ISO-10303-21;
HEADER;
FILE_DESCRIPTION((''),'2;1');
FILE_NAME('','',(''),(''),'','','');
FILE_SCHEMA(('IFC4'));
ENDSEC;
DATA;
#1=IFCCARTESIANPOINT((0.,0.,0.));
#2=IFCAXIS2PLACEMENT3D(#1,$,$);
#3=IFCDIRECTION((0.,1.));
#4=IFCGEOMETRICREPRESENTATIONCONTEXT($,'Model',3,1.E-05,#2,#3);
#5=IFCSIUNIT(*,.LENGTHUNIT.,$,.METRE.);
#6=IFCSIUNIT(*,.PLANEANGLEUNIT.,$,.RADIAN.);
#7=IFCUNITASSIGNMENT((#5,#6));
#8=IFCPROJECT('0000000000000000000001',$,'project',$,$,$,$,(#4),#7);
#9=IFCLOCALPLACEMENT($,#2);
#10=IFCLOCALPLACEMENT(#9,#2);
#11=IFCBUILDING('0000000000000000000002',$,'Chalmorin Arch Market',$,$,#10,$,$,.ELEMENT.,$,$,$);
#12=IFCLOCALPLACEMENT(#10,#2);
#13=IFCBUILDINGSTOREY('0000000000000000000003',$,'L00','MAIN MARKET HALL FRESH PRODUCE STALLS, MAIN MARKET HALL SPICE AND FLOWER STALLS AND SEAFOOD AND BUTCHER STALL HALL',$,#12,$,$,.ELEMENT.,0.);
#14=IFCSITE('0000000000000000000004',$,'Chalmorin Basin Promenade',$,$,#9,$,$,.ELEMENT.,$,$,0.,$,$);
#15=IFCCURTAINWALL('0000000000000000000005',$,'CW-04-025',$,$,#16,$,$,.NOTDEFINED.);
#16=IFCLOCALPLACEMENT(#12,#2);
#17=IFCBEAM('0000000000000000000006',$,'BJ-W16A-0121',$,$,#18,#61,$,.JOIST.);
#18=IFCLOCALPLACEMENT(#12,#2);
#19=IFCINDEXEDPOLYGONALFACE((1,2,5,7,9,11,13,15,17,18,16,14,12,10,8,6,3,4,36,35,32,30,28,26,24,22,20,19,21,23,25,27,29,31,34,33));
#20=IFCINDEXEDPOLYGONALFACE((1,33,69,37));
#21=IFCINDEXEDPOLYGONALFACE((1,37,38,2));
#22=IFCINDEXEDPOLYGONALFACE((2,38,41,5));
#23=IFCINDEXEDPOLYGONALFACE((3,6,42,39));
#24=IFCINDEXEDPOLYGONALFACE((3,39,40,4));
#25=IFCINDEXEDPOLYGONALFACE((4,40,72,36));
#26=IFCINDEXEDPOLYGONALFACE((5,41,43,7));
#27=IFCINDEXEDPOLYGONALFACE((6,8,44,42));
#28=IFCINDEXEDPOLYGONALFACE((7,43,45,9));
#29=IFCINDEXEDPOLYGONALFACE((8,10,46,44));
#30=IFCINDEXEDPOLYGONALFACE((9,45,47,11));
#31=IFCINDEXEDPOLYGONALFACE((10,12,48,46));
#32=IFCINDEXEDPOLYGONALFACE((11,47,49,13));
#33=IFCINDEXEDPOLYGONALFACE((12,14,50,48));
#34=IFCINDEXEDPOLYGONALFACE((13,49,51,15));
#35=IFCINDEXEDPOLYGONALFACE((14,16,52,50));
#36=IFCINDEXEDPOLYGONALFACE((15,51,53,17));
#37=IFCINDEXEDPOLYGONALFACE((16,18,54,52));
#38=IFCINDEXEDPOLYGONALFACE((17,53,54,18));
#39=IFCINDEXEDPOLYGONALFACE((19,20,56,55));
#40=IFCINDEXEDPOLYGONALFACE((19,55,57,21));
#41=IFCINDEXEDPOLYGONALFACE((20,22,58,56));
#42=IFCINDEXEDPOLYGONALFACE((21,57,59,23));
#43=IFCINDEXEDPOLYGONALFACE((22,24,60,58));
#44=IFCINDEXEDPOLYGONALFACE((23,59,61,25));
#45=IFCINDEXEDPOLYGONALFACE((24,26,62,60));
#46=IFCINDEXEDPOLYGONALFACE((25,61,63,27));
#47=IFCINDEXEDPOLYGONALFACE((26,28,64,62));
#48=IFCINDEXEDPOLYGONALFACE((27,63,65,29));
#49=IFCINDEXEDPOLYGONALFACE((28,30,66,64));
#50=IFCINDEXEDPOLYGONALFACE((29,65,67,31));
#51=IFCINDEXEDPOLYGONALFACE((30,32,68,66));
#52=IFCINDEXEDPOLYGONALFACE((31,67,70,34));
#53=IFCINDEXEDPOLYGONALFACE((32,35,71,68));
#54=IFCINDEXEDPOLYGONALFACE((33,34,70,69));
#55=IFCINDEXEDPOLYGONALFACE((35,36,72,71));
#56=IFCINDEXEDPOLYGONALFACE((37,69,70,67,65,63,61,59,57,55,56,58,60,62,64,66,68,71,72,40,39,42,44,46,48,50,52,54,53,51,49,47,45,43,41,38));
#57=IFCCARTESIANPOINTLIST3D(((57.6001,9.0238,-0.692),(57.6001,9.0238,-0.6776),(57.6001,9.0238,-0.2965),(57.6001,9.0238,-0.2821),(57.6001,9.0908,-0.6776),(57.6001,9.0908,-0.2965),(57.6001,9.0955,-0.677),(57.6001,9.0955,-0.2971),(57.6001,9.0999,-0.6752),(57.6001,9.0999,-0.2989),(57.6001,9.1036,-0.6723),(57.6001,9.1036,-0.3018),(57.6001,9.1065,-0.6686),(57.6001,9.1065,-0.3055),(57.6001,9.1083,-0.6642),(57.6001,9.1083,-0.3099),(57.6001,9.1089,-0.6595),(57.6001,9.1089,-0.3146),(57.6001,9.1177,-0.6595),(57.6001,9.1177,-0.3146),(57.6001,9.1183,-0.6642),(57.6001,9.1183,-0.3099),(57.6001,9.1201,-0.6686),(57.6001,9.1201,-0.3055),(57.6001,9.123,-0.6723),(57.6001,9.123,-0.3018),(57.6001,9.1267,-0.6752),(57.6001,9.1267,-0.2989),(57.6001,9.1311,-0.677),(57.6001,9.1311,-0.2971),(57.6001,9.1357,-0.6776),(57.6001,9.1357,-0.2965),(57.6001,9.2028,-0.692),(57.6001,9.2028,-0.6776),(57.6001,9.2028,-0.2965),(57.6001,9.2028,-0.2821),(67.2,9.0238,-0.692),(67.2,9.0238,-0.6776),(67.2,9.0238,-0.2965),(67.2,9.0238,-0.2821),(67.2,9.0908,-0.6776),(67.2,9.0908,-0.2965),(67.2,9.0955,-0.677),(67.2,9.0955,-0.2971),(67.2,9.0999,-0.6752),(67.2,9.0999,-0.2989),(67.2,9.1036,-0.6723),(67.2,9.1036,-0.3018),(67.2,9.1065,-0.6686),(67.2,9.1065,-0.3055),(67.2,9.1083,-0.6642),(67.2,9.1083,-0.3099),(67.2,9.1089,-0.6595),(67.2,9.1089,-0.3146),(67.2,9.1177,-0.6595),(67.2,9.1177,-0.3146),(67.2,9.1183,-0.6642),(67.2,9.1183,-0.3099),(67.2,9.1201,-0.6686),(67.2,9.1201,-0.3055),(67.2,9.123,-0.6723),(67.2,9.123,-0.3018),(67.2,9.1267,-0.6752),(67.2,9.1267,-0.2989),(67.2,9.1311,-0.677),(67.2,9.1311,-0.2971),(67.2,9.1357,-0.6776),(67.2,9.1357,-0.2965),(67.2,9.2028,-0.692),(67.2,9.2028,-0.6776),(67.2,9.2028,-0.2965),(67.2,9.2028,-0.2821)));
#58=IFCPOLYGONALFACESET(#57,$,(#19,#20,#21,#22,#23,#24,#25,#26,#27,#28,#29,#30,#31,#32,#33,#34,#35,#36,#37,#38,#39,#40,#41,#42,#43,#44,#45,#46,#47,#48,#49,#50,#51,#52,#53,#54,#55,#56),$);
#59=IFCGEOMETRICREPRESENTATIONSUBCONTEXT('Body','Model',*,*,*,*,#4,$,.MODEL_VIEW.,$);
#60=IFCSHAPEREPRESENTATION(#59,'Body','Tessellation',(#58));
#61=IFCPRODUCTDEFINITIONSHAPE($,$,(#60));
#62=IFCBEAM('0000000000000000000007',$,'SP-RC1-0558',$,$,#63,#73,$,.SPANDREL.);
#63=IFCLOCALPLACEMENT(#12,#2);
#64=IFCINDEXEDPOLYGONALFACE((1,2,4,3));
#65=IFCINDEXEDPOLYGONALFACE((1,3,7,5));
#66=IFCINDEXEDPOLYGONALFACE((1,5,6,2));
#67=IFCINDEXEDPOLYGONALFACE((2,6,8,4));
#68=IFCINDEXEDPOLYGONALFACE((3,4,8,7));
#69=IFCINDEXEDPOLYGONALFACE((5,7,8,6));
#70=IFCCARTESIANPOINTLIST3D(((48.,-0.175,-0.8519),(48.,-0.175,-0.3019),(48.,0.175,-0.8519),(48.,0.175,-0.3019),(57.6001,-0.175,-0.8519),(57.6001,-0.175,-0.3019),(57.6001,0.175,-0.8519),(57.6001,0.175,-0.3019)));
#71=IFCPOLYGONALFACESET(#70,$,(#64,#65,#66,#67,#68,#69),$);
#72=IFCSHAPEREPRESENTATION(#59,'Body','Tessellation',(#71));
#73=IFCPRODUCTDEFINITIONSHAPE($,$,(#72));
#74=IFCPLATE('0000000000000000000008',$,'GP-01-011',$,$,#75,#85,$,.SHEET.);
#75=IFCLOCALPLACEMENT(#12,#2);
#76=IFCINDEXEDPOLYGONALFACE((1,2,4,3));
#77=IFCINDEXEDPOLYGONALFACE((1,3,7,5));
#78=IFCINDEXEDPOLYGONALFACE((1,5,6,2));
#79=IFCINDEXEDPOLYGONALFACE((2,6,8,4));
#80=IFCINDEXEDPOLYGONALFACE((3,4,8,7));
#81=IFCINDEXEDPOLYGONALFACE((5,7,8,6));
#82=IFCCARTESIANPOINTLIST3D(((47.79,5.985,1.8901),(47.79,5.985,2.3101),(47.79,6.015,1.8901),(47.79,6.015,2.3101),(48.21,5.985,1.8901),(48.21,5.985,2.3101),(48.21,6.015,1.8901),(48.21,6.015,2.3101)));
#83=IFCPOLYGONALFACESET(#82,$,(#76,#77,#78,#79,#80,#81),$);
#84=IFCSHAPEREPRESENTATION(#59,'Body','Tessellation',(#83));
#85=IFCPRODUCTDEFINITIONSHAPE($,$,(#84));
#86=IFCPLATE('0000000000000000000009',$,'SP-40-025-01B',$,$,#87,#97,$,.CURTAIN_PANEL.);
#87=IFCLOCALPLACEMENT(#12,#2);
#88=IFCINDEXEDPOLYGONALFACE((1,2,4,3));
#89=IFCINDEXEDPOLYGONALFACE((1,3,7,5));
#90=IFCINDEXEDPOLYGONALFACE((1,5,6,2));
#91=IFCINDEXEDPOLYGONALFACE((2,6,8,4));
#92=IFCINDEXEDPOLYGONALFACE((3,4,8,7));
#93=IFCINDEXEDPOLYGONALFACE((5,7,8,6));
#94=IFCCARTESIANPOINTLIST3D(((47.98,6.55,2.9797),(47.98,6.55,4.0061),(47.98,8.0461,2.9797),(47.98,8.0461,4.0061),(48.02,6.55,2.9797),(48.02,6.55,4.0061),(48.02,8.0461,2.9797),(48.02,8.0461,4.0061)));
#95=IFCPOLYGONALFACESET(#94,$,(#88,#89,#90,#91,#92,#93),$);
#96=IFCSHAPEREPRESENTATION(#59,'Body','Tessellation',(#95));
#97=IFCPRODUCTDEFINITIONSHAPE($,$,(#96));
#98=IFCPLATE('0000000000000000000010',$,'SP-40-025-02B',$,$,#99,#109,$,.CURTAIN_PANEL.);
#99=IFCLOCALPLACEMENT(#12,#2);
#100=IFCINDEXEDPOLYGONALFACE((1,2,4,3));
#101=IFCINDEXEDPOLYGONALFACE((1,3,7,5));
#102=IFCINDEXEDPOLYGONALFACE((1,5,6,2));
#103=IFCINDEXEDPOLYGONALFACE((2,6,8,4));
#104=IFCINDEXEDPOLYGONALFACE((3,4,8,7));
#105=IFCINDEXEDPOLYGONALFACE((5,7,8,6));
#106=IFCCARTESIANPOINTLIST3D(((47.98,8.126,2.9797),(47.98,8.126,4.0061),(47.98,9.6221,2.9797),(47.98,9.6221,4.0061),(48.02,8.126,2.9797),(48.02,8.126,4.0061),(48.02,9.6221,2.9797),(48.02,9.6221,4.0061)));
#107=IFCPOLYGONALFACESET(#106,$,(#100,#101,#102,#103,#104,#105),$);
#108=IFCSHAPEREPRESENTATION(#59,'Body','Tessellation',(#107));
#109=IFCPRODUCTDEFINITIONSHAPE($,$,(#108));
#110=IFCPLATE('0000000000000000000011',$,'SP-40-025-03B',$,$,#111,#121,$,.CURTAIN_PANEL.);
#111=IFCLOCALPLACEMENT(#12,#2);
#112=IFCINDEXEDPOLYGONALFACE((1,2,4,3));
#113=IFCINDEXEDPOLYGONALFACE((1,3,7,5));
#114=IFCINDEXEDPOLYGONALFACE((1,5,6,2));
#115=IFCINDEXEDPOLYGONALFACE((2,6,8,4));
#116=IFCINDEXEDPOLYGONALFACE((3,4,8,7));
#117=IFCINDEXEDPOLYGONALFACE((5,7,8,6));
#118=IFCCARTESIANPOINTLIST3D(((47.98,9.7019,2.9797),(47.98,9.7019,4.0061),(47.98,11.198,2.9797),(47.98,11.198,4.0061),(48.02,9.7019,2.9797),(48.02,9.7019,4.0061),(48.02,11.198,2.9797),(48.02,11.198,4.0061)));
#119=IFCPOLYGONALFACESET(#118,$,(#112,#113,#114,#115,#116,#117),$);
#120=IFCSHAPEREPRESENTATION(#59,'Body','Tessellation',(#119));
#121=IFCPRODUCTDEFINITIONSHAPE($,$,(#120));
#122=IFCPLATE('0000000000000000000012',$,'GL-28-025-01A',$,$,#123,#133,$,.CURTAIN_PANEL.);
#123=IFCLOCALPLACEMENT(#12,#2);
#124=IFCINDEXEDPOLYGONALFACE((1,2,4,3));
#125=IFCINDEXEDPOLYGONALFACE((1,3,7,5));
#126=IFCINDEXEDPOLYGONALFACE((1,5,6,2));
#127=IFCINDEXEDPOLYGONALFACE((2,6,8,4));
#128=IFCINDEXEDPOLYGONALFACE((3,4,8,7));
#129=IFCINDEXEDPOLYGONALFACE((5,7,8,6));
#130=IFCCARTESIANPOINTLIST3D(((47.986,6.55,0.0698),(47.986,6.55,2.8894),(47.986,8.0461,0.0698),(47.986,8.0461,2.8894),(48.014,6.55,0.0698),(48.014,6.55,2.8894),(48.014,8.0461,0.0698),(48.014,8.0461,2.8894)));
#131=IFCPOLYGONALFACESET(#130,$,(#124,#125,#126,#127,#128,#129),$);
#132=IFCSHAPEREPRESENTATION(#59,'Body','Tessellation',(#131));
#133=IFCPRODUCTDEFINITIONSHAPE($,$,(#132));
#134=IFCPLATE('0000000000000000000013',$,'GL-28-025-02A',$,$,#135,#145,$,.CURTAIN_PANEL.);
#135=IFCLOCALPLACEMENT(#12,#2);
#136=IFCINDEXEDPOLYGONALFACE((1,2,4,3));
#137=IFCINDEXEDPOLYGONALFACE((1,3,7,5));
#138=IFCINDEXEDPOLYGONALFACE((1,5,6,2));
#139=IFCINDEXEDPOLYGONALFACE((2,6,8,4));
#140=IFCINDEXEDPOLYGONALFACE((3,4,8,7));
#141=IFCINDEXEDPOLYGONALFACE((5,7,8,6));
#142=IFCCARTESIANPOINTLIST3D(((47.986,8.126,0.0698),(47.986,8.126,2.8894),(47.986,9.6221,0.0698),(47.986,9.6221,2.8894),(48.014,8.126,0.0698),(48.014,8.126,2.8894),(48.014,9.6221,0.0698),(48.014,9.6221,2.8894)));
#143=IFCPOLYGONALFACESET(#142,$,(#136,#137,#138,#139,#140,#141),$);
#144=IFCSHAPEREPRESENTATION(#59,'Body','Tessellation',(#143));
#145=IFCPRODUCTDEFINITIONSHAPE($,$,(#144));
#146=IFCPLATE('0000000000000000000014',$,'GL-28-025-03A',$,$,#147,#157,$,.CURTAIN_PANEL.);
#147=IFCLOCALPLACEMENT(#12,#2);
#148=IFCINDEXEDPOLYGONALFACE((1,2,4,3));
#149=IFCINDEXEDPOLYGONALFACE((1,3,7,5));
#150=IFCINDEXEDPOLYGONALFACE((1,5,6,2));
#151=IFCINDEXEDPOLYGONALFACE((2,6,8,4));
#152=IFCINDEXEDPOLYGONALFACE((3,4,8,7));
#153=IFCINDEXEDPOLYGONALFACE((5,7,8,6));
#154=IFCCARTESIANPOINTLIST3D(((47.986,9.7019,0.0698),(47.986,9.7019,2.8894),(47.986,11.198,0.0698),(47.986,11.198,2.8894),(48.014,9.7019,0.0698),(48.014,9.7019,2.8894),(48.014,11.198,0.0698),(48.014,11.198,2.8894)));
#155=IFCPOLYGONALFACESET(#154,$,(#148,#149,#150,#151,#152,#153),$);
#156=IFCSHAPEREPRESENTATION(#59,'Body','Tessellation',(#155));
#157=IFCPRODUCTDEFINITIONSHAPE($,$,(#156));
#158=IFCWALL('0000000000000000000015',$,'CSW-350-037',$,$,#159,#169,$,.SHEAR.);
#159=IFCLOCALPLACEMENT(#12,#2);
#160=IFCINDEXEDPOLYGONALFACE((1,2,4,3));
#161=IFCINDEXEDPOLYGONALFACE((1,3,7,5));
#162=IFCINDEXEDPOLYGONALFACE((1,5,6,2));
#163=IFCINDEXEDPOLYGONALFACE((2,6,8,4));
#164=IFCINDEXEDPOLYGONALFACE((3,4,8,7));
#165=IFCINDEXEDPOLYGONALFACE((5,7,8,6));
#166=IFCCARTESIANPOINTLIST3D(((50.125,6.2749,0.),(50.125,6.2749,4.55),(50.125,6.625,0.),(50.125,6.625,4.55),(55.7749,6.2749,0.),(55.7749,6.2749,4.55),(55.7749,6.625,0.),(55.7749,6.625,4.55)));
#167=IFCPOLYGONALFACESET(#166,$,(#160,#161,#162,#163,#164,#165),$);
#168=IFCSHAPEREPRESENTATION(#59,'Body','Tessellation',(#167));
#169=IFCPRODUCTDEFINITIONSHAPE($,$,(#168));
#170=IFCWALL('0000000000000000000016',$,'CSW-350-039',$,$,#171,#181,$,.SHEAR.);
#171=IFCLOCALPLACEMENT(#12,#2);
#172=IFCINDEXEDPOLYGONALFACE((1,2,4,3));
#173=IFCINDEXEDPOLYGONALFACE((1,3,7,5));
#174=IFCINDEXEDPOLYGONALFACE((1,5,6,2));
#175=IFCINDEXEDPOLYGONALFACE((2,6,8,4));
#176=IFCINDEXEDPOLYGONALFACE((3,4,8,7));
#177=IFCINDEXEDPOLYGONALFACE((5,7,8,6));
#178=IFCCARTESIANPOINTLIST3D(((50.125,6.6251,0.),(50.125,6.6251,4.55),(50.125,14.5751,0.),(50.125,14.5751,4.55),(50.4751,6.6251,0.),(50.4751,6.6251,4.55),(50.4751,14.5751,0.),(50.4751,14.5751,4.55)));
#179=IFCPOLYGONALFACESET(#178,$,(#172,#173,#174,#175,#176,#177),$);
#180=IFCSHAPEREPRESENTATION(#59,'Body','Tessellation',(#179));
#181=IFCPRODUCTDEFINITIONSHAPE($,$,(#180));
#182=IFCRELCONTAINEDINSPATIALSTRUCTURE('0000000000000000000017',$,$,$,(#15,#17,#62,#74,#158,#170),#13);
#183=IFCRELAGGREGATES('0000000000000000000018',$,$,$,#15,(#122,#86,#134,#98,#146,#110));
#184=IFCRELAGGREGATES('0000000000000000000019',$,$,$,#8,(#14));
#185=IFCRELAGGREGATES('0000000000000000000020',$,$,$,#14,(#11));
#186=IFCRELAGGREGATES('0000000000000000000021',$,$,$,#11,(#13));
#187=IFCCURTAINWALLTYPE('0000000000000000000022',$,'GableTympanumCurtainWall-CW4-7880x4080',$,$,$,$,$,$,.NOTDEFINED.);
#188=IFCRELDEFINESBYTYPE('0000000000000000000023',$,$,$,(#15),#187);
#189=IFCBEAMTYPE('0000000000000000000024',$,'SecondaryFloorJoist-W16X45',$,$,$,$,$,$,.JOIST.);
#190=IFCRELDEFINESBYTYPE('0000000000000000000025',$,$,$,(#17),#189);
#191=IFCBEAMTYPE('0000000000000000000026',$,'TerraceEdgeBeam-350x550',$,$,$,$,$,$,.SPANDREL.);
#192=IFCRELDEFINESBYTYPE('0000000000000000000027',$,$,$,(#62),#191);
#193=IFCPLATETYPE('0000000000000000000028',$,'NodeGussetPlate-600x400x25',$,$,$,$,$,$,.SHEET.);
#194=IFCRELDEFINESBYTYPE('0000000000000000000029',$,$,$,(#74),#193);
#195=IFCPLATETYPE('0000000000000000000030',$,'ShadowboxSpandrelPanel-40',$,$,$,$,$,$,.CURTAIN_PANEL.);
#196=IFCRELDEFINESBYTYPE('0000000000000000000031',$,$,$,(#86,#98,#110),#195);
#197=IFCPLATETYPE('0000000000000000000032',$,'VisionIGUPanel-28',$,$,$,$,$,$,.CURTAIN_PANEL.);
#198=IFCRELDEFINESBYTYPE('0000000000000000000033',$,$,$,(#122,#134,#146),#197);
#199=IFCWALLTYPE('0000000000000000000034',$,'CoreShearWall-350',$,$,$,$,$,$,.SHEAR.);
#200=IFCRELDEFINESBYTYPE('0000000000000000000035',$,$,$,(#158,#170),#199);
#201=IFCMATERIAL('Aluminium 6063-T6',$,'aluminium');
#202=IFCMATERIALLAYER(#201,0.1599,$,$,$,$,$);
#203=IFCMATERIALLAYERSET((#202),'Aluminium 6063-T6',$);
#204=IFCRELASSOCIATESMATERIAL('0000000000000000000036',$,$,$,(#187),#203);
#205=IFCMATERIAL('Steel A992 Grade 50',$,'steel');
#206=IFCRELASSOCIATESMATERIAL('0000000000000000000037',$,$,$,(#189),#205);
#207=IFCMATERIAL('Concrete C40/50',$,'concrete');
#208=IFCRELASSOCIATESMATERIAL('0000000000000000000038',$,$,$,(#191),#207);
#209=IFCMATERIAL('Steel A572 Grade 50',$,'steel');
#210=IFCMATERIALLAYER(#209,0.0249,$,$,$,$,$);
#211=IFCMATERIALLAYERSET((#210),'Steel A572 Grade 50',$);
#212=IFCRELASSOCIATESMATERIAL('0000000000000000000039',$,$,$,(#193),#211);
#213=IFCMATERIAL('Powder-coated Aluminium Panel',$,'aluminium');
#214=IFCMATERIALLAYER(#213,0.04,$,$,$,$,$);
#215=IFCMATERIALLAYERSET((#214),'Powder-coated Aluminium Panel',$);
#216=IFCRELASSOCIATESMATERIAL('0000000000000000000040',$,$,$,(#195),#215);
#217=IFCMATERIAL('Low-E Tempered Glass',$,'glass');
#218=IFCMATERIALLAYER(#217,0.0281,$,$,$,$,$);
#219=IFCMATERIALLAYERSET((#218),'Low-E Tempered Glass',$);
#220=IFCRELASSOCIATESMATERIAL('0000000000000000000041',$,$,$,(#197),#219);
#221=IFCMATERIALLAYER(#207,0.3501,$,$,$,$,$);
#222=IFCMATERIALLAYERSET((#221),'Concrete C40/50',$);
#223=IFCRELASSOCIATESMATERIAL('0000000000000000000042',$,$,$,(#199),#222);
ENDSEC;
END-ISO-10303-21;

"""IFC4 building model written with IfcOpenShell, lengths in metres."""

from ifc_helpers import new_model, si_unit, direction, frame, frame_2d, origin, origin_2d, place, context, subcontext, project, spatial, rectangle, i_section, extrude, material, layer, layer_set, material_profile, profile_set, type_object, element, aggregate, save


model = new_model("IFC4")

# Units and contexts
model_context = context("Model", 3, precision=1e-05, world=origin(), true_north=direction((0.0, 1.0)))
body_context = subcontext(model_context, "Body", "Model", "MODEL_VIEW")
ifc_project = project(units=[si_unit("LENGTHUNIT", "METRE"), si_unit("PLANEANGLEUNIT", "RADIAN")], contexts=[model_context])

# Site, building, storey
site_placement = place(None, origin())
site = spatial("IfcSite", under=ifc_project, at=site_placement, Name="Chalmorin Basin Promenade", CompositionType="ELEMENT", RefElevation=0.0)
building_placement = place(site_placement, origin())
building = spatial("IfcBuilding", under=site, at=building_placement, Name="Chalmorin Arch Market", CompositionType="ELEMENT")
storey_placement = place(building_placement, origin())
storey = spatial("IfcBuildingStorey", under=building, at=storey_placement, Name="L00", Description="MAIN MARKET HALL FRESH PRODUCE STALLS, MAIN MARKET HALL SPICE AND FLOWER STALLS AND SEAFOOD AND BUTCHER STALL HALL", CompositionType="ELEMENT", Elevation=0.0)

# Shared definitions
ifc_material_1 = material(Name="Concrete C40/50", Category="concrete")

# Curtain wall
ifc_material_2 = material(Name="Aluminium 6063-T6", Category="aluminium")
ifc_layer_1 = layer(ifc_material_2, 0.1599)
ifc_layer_set_1 = layer_set([ifc_layer_1], Name="Aluminium 6063-T6")
curtain_wall_type = type_object("IfcCurtainWallType", Name="GableTympanumCurtainWall-CW4-7880x4080", PredefinedType="NOTDEFINED", material=ifc_layer_set_1)
curtain_wall_placement = place(storey_placement, origin())
curtain_wall = element("IfcCurtainWall", 1, at=curtain_wall_placement, inside=storey, type_object=curtain_wall_type, Name="CW-04-025", PredefinedType="NOTDEFINED")

# Beams
ifc_material_3 = material(Name="Steel A992 Grade 50", Category="steel")
ifc_material_profile_1 = material_profile(ifc_material_3, i_section(OverallWidth=0.179, OverallDepth=0.4099, WebThickness=0.0088, FlangeThickness=0.0144, FilletRadius=0.0181, at=origin_2d()), Name="W16X45")
ifc_profile_set_1 = profile_set([ifc_material_profile_1], Name="Steel A992 Grade 50")
beam_type_1 = type_object("IfcBeamType", Name="SecondaryFloorJoist-W16X45", PredefinedType="JOIST", material=ifc_profile_set_1)
beam_1_placement = place(storey_placement, frame((57.6001, 9.1133, -0.4871), z_axis=(1.0, 0.0, 0.0), x_axis=(0.0, 1.0, 0.0)))
element("IfcBeam", 2, at=beam_1_placement, inside=storey, type_object=beam_type_1, Name="BJ-W16A-0121", PredefinedType="JOIST", context=body_context, shape_type="SweptSolid", body=[
    extrude(i_section(OverallWidth=0.179, OverallDepth=0.4099, WebThickness=0.0088, FlangeThickness=0.0144, FilletRadius=0.0181, at=origin_2d()), origin(), (0.0, 0.0, 1.0), 9.5999),
])
ifc_material_profile_2 = material_profile(ifc_material_1, rectangle(XDim=0.3501, YDim=0.55, at=origin_2d()), Name="RC350X550")
ifc_profile_set_2 = profile_set([ifc_material_profile_2], Name="Concrete C40/50")
beam_type_2 = type_object("IfcBeamType", Name="TerraceEdgeBeam-350x550", PredefinedType="SPANDREL", material=ifc_profile_set_2)
beam_2_placement = place(storey_placement, frame((48.0, 0.0, -0.5769), z_axis=(1.0, 0.0, 0.0), x_axis=(0.0, 1.0, 0.0)))
element("IfcBeam", 3, at=beam_2_placement, inside=storey, type_object=beam_type_2, Name="SP-RC1-0558", PredefinedType="SPANDREL", context=body_context, shape_type="SweptSolid", body=[
    extrude(rectangle(XDim=0.3501, YDim=0.55, at=origin_2d()), origin(), (0.0, 0.0, 1.0), 9.6001),
])

# Plates
ifc_material_4 = material(Name="Steel A572 Grade 50", Category="steel")
ifc_layer_2 = layer(ifc_material_4, 0.0249)
ifc_layer_set_2 = layer_set([ifc_layer_2], Name="Steel A572 Grade 50")
plate_type_1 = type_object("IfcPlateType", Name="NodeGussetPlate-600x400x25", PredefinedType="SHEET", material=ifc_layer_set_2)
plate_1_placement = place(storey_placement, frame((48.0, 6.0, 1.8901), z_axis=(0.0, 0.0, 1.0), x_axis=(1.0, 0.0, 0.0)))
element("IfcPlate", 4, at=plate_1_placement, inside=storey, type_object=plate_type_1, Name="GP-01-011", PredefinedType="SHEET", context=body_context, shape_type="SweptSolid", body=[
    extrude(rectangle(XDim=0.4199, YDim=0.03, at=origin_2d()), origin(), (0.0, 0.0, 1.0), 0.4199),
])
ifc_material_5 = material(Name="Powder-coated Aluminium Panel", Category="aluminium")
ifc_layer_3 = layer(ifc_material_5, 0.04)
ifc_layer_set_3 = layer_set([ifc_layer_3], Name="Powder-coated Aluminium Panel")
plate_type_2 = type_object("IfcPlateType", Name="ShadowboxSpandrelPanel-40", PredefinedType="CURTAIN_PANEL", material=ifc_layer_set_3)
plate_2_placement = place(storey_placement, frame((48.0, 7.2981, 2.9797), z_axis=(0.0, 0.0, 1.0), x_axis=(0.0, 1.0, 0.0)))
plate_2 = element("IfcPlate", 5, at=plate_2_placement, type_object=plate_type_2, Name="SP-40-025-01B", PredefinedType="CURTAIN_PANEL", context=body_context, shape_type="SweptSolid", body=[
    extrude(rectangle(XDim=1.4961, YDim=0.04, at=origin_2d()), origin(), (0.0, 0.0, 1.0), 1.0264),
])
plate_3_placement = place(storey_placement, frame((48.0, 8.874, 2.9797), z_axis=(0.0, 0.0, 1.0), x_axis=(0.0, 1.0, 0.0)))
plate_3 = element("IfcPlate", 6, at=plate_3_placement, type_object=plate_type_2, Name="SP-40-025-02B", PredefinedType="CURTAIN_PANEL", context=body_context, shape_type="SweptSolid", body=[
    extrude(rectangle(XDim=1.4961, YDim=0.04, at=origin_2d()), origin(), (0.0, 0.0, 1.0), 1.0264),
])
plate_4_placement = place(storey_placement, frame((48.0, 10.45, 2.9797), z_axis=(0.0, 0.0, 1.0), x_axis=(0.0, 1.0, 0.0)))
plate_4 = element("IfcPlate", 7, at=plate_4_placement, type_object=plate_type_2, Name="SP-40-025-03B", PredefinedType="CURTAIN_PANEL", context=body_context, shape_type="SweptSolid", body=[
    extrude(rectangle(XDim=1.4961, YDim=0.04, at=origin_2d()), origin(), (0.0, 0.0, 1.0), 1.0264),
])
ifc_material_6 = material(Name="Low-E Tempered Glass", Category="glass")
ifc_layer_4 = layer(ifc_material_6, 0.0281)
ifc_layer_set_4 = layer_set([ifc_layer_4], Name="Low-E Tempered Glass")
plate_type_3 = type_object("IfcPlateType", Name="VisionIGUPanel-28", PredefinedType="CURTAIN_PANEL", material=ifc_layer_set_4)
plate_5_placement = place(storey_placement, frame((48.0, 7.2981, 0.0698), z_axis=(0.0, 0.0, 1.0), x_axis=(0.0, 1.0, 0.0)))
plate_5 = element("IfcPlate", 8, at=plate_5_placement, type_object=plate_type_3, Name="GL-28-025-01A", PredefinedType="CURTAIN_PANEL", context=body_context, shape_type="SweptSolid", body=[
    extrude(rectangle(XDim=1.4961, YDim=0.0281, at=origin_2d()), origin(), (0.0, 0.0, 1.0), 2.8196),
])
plate_6_placement = place(storey_placement, frame((48.0, 8.874, 0.0698), z_axis=(0.0, 0.0, 1.0), x_axis=(0.0, 1.0, 0.0)))
plate_6 = element("IfcPlate", 9, at=plate_6_placement, type_object=plate_type_3, Name="GL-28-025-02A", PredefinedType="CURTAIN_PANEL", context=body_context, shape_type="SweptSolid", body=[
    extrude(rectangle(XDim=1.4961, YDim=0.0281, at=origin_2d()), origin(), (0.0, 0.0, 1.0), 2.8196),
])
plate_7_placement = place(storey_placement, frame((48.0, 10.45, 0.0698), z_axis=(0.0, 0.0, 1.0), x_axis=(0.0, 1.0, 0.0)))
plate_7 = element("IfcPlate", 10, at=plate_7_placement, type_object=plate_type_3, Name="GL-28-025-03A", PredefinedType="CURTAIN_PANEL", context=body_context, shape_type="SweptSolid", body=[
    extrude(rectangle(XDim=1.4961, YDim=0.0281, at=origin_2d()), origin(), (0.0, 0.0, 1.0), 2.8196),
])
aggregate(curtain_wall, [plate_5, plate_2, plate_6, plate_3, plate_7, plate_4])

# Walls
ifc_layer_5 = layer(ifc_material_1, 0.3501)
ifc_layer_set_5 = layer_set([ifc_layer_5], Name="Concrete C40/50")
wall_type_1 = type_object("IfcWallType", Name="CoreShearWall-350", PredefinedType="SHEAR", material=ifc_layer_set_5)
wall_1_placement = place(storey_placement, frame((55.7749, 6.45, 0.0), z_axis=(0.0, 0.0, 1.0), x_axis=(-1.0, 0.0, 0.0)))
element("IfcWall", 11, at=wall_1_placement, inside=storey, type_object=wall_type_1, Name="CSW-350-037", PredefinedType="SHEAR", context=body_context, shape_type="SweptSolid", body=[
    extrude(rectangle(XDim=5.6499, YDim=0.3501, at=frame_2d((2.825, 0.0))), origin(), (0.0, 0.0, 1.0), 4.55),
])
wall_2_placement = place(storey_placement, frame((50.3, 6.625, 0.0), z_axis=(0.0, 0.0, 1.0), x_axis=(0.0, 1.0, 0.0)))
element("IfcWall", 12, at=wall_2_placement, inside=storey, type_object=wall_type_1, Name="CSW-350-039", PredefinedType="SHEAR", context=body_context, shape_type="SweptSolid", body=[
    extrude(rectangle(XDim=7.95, YDim=0.3501, at=frame_2d((3.9751, 0.0))), origin(), (0.0, 0.0, 1.0), 4.55),
])

save(model, "model.ifc")
